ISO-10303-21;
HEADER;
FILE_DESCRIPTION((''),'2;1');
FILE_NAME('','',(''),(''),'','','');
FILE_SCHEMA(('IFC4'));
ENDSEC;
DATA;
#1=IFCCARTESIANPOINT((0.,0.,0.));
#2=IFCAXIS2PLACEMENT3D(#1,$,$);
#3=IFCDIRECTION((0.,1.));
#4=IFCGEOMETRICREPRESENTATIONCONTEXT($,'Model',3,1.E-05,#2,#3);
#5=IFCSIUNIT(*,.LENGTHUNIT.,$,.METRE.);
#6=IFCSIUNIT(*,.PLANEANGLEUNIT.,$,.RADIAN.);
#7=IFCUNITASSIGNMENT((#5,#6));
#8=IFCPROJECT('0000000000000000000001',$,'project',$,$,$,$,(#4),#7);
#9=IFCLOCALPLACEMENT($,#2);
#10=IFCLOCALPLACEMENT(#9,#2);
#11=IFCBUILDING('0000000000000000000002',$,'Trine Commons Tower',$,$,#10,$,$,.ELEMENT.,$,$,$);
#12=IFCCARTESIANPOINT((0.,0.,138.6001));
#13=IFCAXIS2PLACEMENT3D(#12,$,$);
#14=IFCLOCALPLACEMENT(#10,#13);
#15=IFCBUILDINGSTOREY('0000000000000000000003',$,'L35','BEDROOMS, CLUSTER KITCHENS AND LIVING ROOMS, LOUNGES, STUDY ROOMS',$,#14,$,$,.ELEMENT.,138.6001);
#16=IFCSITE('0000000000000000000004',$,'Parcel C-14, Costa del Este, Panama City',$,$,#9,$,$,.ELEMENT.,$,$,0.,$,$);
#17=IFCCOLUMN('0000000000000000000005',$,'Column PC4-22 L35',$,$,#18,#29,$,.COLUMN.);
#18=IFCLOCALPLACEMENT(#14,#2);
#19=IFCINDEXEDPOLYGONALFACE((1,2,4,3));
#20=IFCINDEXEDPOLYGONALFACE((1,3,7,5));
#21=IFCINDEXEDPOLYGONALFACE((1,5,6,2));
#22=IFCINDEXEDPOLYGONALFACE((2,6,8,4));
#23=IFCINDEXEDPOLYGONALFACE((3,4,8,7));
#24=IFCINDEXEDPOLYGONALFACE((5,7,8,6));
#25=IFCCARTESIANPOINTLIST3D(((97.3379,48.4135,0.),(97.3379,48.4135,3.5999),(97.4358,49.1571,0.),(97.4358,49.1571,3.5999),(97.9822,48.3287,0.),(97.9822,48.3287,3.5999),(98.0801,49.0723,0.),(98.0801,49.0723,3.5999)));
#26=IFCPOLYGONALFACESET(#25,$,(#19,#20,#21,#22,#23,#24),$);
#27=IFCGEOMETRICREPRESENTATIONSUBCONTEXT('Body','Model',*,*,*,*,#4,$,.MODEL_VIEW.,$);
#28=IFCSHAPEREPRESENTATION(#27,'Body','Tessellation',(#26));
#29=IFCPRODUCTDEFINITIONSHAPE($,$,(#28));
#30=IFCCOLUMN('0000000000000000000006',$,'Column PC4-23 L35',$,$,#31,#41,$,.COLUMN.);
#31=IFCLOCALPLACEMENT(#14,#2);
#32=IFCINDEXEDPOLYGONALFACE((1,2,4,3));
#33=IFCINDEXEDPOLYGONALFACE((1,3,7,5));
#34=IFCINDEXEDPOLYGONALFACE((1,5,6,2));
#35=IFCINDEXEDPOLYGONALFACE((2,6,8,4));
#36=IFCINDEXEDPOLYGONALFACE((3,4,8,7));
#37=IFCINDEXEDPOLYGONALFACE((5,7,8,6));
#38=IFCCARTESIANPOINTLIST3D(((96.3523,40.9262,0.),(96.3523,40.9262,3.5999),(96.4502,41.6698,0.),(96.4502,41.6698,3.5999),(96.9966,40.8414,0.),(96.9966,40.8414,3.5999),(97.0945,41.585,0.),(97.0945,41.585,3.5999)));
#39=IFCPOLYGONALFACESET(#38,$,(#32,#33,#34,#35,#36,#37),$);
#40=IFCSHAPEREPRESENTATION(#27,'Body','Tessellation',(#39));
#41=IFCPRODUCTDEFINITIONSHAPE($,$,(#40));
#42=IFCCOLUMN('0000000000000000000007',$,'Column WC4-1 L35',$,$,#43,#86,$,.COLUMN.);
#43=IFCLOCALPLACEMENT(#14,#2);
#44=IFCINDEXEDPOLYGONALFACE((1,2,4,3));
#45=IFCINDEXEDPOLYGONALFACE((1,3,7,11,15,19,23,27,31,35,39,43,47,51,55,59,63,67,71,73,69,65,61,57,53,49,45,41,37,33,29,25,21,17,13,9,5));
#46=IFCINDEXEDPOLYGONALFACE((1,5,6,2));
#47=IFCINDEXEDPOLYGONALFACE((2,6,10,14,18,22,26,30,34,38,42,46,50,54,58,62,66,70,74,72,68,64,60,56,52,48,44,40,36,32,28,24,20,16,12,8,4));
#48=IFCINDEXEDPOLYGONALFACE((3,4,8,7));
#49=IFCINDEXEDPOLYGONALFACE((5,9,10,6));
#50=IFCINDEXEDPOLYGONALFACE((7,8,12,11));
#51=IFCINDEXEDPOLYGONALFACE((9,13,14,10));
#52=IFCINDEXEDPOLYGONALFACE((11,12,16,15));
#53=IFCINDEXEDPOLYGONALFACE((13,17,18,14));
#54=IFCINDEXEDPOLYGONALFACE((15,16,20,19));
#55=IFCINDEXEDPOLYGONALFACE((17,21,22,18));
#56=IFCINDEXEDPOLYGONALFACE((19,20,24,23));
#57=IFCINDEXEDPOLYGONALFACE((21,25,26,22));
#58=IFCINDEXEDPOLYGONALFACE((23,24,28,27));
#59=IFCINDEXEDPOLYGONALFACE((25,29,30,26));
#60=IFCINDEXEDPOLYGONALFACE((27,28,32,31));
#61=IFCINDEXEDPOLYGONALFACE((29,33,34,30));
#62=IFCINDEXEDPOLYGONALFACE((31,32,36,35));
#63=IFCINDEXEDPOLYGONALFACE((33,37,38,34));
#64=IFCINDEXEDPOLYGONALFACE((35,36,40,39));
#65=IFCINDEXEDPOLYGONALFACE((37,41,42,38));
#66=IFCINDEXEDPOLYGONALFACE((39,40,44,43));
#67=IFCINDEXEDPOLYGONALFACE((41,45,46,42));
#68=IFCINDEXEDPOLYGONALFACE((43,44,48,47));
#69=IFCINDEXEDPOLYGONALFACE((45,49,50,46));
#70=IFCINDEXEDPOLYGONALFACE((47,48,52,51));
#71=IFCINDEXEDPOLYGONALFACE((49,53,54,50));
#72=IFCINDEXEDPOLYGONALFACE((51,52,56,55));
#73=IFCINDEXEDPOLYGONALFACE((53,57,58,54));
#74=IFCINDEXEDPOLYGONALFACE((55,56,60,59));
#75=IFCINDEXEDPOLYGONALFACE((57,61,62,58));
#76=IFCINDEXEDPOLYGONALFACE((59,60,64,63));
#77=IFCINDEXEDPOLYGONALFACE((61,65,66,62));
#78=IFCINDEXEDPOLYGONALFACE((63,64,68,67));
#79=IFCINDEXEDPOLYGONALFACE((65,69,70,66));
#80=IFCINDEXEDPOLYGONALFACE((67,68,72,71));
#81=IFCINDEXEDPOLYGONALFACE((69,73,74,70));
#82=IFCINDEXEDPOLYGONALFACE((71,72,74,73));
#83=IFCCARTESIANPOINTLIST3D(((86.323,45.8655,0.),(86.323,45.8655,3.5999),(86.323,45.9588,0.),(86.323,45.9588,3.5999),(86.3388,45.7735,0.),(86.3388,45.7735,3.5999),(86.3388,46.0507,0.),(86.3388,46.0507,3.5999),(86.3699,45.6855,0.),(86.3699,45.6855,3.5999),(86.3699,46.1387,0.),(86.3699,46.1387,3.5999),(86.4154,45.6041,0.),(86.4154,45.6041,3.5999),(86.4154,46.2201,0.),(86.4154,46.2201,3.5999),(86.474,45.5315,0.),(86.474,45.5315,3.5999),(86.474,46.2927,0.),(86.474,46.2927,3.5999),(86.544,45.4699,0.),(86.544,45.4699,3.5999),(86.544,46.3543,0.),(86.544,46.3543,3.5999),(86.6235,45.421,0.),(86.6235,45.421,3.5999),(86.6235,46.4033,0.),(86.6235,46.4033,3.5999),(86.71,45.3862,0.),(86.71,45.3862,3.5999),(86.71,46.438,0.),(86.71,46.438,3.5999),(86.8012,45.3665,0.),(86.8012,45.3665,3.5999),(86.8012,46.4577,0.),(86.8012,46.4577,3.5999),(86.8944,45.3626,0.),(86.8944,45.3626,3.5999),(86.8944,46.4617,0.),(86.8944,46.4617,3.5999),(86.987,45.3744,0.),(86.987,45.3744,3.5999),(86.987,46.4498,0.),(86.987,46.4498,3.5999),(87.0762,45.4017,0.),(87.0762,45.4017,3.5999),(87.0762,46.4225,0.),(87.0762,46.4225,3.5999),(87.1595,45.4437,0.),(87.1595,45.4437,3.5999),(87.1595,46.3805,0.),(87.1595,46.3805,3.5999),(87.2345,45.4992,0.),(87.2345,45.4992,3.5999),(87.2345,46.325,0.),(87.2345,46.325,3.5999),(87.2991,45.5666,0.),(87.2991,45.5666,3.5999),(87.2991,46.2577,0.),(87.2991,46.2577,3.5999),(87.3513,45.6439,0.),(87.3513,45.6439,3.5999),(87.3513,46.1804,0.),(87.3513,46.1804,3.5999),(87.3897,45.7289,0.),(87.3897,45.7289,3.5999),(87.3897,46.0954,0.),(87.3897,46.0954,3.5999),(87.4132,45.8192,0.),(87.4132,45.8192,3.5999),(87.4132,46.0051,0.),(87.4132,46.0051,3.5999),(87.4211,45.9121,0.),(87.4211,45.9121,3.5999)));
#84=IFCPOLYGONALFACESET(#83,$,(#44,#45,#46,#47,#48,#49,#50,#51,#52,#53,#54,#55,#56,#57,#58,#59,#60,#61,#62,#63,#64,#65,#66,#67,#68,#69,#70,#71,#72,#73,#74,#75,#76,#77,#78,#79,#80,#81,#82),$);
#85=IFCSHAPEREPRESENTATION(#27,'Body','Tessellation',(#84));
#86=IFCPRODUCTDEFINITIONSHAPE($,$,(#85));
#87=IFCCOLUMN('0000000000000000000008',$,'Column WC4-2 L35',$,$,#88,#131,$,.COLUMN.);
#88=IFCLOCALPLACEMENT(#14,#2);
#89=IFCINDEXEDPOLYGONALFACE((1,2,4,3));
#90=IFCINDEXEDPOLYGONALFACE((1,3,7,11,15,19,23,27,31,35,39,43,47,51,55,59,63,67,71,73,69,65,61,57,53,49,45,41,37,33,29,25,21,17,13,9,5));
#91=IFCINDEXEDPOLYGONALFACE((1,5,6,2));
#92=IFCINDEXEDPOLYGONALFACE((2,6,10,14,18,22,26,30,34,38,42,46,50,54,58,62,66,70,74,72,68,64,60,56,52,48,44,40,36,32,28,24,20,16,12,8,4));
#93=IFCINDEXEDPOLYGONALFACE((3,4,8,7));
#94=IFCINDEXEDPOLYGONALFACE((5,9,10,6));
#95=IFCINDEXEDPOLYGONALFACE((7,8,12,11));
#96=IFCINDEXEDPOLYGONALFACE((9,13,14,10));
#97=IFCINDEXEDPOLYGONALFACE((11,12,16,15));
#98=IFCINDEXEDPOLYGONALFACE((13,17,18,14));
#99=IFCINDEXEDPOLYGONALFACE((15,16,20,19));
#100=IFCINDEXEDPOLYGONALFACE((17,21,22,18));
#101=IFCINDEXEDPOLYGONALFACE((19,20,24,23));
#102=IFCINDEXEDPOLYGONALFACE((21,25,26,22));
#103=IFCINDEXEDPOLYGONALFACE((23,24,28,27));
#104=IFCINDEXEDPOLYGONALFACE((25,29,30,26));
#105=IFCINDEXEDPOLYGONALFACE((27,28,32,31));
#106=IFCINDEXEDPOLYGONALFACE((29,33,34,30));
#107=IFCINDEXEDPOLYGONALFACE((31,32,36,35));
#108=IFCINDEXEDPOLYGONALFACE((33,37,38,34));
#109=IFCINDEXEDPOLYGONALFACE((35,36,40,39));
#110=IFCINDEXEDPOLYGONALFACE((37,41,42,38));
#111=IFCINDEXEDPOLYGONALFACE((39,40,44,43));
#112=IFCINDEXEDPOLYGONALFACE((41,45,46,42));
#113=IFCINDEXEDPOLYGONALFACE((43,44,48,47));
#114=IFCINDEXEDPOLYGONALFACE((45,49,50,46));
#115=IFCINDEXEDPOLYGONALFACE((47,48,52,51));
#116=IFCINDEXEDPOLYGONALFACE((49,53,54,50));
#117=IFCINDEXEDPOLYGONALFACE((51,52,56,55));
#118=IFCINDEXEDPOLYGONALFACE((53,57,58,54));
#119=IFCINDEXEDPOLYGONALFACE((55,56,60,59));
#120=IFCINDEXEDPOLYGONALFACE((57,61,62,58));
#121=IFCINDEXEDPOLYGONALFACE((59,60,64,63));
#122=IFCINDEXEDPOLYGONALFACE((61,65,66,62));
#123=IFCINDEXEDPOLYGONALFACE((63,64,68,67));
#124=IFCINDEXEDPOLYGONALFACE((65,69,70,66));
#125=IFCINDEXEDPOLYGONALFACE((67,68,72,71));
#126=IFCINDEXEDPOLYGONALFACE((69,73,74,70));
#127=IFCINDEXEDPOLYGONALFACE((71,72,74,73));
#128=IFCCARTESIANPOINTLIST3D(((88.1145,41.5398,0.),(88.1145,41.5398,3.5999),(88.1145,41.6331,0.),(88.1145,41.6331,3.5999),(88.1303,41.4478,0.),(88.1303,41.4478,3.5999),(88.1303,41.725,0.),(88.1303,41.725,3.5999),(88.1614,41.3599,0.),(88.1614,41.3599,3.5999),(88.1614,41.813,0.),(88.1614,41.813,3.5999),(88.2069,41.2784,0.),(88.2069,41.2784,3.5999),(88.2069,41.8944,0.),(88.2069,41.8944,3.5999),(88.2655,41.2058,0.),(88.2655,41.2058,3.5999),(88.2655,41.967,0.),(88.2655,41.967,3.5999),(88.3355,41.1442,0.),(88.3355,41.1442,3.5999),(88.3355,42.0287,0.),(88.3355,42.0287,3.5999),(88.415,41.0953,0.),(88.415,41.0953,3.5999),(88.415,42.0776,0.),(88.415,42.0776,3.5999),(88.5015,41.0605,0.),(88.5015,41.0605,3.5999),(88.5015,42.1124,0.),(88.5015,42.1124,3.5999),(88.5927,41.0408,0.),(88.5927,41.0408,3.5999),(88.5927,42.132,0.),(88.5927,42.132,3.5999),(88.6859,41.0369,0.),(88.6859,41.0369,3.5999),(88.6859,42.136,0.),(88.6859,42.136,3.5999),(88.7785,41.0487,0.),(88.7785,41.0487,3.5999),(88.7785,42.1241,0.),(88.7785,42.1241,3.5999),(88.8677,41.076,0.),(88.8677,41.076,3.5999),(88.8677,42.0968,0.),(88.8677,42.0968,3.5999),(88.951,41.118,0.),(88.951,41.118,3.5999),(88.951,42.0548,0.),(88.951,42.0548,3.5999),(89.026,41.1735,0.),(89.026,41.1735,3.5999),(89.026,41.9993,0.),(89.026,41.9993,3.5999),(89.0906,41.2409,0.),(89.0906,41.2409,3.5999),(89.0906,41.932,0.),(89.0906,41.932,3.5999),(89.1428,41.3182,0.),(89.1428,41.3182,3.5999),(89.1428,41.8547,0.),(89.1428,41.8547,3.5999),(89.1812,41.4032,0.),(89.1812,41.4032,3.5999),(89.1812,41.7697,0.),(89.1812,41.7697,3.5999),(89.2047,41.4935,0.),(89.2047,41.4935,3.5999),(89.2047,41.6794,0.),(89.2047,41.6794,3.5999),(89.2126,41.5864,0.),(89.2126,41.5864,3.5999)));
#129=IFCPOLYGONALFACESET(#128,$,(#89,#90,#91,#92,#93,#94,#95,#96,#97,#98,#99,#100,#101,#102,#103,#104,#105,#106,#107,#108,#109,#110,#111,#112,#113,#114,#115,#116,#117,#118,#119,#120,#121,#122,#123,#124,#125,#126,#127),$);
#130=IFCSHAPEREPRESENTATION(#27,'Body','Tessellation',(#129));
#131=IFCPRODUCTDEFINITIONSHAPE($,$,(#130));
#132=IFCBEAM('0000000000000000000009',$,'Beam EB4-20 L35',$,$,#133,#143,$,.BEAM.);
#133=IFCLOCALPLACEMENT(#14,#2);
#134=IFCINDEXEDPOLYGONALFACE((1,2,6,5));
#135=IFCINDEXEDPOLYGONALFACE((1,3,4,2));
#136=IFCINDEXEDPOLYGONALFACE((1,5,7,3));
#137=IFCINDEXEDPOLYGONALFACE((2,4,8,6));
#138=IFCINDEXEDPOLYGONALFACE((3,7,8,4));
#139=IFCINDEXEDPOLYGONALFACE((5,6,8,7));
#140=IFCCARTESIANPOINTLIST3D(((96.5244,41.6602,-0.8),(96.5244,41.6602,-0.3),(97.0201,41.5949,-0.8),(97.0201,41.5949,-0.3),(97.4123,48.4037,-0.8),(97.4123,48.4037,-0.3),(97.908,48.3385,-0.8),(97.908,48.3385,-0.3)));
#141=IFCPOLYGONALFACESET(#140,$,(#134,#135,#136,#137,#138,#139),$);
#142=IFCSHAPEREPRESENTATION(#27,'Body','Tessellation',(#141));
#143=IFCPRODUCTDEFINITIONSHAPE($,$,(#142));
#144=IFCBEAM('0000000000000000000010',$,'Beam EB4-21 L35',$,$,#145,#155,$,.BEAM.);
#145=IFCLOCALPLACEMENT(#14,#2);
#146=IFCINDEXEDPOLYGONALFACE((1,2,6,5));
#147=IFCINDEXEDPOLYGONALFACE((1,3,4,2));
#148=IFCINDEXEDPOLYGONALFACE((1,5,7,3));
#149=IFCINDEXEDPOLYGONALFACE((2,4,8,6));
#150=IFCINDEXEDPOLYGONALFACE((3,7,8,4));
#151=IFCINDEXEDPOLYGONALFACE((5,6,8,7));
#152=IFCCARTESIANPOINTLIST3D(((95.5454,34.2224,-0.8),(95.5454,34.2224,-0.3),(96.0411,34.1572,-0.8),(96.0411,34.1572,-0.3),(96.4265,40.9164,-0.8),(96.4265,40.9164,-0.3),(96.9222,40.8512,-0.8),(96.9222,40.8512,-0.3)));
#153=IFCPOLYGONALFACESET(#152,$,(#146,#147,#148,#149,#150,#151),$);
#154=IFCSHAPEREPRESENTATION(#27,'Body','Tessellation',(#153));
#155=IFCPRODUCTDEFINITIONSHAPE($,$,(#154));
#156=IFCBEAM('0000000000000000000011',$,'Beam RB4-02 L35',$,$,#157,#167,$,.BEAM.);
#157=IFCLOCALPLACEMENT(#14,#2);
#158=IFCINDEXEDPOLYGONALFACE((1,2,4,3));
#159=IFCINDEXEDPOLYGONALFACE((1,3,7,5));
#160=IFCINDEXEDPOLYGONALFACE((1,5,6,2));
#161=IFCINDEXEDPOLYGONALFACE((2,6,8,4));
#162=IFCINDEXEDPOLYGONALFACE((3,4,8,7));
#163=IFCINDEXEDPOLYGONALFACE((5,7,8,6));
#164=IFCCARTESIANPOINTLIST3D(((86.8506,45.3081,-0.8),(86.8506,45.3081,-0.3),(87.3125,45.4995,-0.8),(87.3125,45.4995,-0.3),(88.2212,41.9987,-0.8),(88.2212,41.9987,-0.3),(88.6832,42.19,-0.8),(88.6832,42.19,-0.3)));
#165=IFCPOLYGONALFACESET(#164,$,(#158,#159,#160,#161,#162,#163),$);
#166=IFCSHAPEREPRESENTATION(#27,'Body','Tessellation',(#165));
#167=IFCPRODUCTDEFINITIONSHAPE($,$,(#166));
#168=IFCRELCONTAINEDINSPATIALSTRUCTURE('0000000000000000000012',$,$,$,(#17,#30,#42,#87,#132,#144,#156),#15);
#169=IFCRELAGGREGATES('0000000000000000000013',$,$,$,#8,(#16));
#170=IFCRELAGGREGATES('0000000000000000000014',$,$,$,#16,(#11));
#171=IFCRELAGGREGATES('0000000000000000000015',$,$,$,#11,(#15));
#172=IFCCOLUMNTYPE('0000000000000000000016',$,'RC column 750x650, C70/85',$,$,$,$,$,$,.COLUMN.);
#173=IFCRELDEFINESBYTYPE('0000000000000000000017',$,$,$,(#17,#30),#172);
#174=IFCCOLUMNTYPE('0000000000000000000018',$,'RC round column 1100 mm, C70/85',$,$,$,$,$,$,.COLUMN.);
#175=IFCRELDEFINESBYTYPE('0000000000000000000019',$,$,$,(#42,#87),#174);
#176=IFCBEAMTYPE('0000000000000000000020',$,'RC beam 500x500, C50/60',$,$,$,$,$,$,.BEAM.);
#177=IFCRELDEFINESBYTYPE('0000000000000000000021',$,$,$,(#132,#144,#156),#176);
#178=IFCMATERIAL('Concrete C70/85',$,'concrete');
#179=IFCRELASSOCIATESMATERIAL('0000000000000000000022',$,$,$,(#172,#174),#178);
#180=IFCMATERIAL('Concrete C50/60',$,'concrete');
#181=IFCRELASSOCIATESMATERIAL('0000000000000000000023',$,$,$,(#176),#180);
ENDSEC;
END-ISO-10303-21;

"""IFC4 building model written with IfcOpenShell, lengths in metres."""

from ifc_helpers import new_model, si_unit, direction, frame, origin, origin_2d, place, context, subcontext, project, spatial, rectangle, circle, extrude, material, material_profile, profile_set, type_object, element, save


model = new_model("IFC4")

# Units and contexts
model_context = context("Model", 3, precision=1e-05, world=origin(), true_north=direction((0.0, 1.0)))
body_context = subcontext(model_context, "Body", "Model", "MODEL_VIEW")
ifc_project = project(units=[si_unit("LENGTHUNIT", "METRE"), si_unit("PLANEANGLEUNIT", "RADIAN")], contexts=[model_context])

# Site, building, storey
site_placement = place(None, origin())
site = spatial("IfcSite", under=ifc_project, at=site_placement, Name="Parcel C-14, Costa del Este, Panama City", CompositionType="ELEMENT", RefElevation=0.0)
building_placement = place(site_placement, origin())
building = spatial("IfcBuilding", under=site, at=building_placement, Name="Trine Commons Tower", CompositionType="ELEMENT")
storey_placement = place(building_placement, frame((0.0, 0.0, 138.6001)))
storey = spatial("IfcBuildingStorey", under=building, at=storey_placement, Name="L35", Description="BEDROOMS, CLUSTER KITCHENS AND LIVING ROOMS, LOUNGES, STUDY ROOMS", CompositionType="ELEMENT", Elevation=138.6001)

# Columns
ifc_material_1 = material(Name="Concrete C70/85", Category="concrete")
ifc_material_profile_1 = material_profile(ifc_material_1, rectangle(XDim=0.75, YDim=0.6499, at=origin_2d()), Name="RC 750x650")
ifc_profile_set_1 = profile_set([ifc_material_profile_1], Name="Concrete C70/85")
column_type_1 = type_object("IfcColumnType", Name="RC column 750x650, C70/85", PredefinedType="COLUMN", material=ifc_profile_set_1)
for number, where, z_axis, x_axis, name in (
    (1, (97.709, 48.7429, 0.0), (0.0, 0.0, 1.0), (0.130526, 0.991445, 0.0), "Column PC4-22 L35"),
    (2, (96.7234, 41.2556, 0.0), (0.0, 0.0, 1.0), (0.130526, 0.991445, 0.0), "Column PC4-23 L35"),
):
    element("IfcColumn", number, at=place(storey_placement, frame(where, z_axis=z_axis, x_axis=x_axis)), inside=storey, type_object=column_type_1, Name=name, PredefinedType="COLUMN", context=body_context, shape_type="SweptSolid", body=[
        extrude(rectangle(XDim=0.75, YDim=0.6499, at=origin_2d()), origin(), (0.0, 0.0, 1.0), 3.5999),
    ])
ifc_material_profile_2 = material_profile(ifc_material_1, circle(Radius=0.55, at=origin_2d()), Name="RC round 1100")
ifc_profile_set_2 = profile_set([ifc_material_profile_2], Name="Concrete C70/85")
column_type_2 = type_object("IfcColumnType", Name="RC round column 1100 mm, C70/85", PredefinedType="COLUMN", material=ifc_profile_set_2)
for number, where, z_axis, x_axis, name in (
    (3, (86.8711, 45.9121, 0.0), (0.0, 0.0, 1.0), (1.0, 0.0, 0.0), "Column WC4-1 L35"),
    (4, (88.6626, 41.5864, 0.0), (0.0, 0.0, 1.0), (1.0, 0.0, 0.0), "Column WC4-2 L35"),
):
    element("IfcColumn", number, at=place(storey_placement, frame(where, z_axis=z_axis, x_axis=x_axis)), inside=storey, type_object=column_type_2, Name=name, PredefinedType="COLUMN", context=body_context, shape_type="SweptSolid", body=[
        extrude(circle(Radius=0.55, at=origin_2d()), origin(), (0.0, 0.0, 1.0), 3.5999),
    ])

# Beams
ifc_material_2 = material(Name="Concrete C50/60", Category="concrete")
ifc_material_profile_3 = material_profile(ifc_material_2, rectangle(XDim=0.5, YDim=0.5, at=origin_2d()), Name="RC 500x500")
ifc_profile_set_3 = profile_set([ifc_material_profile_3], Name="Concrete C50/60")
beam_type = type_object("IfcBeamType", Name="RC beam 500x500, C50/60", PredefinedType="BEAM", material=ifc_profile_set_3)
beam_1_placement = place(storey_placement, frame((97.6602, 48.3711, -0.55), z_axis=(-0.130544, -0.991443, 0.0), x_axis=(0.991443, -0.130544, 0.0)))
element("IfcBeam", 5, at=beam_1_placement, inside=storey, type_object=beam_type, Name="Beam EB4-20 L35", PredefinedType="BEAM", context=body_context, shape_type="SweptSolid", body=[
    extrude(rectangle(XDim=0.5, YDim=0.5, at=origin_2d()), origin(), (0.0, 0.0, 1.0), 6.8018),
])
beam_2_placement = place(storey_placement, frame((96.6743, 40.8838, -0.55), z_axis=(-0.130498, -0.991449, 0.0), x_axis=(0.991449, -0.130498, 0.0)))
element("IfcBeam", 6, at=beam_2_placement, inside=storey, type_object=beam_type, Name="Beam EB4-21 L35", PredefinedType="BEAM", context=body_context, shape_type="SweptSolid", body=[
    extrude(rectangle(XDim=0.5, YDim=0.5, at=origin_2d()), origin(), (0.0, 0.0, 1.0), 6.7517),
])
beam_3_placement = place(storey_placement, frame((87.0815, 45.4038, -0.55), z_axis=(0.382645, -0.923896, 0.0), x_axis=(0.923896, 0.382645, 0.0)))
element("IfcBeam", 7, at=beam_3_placement, inside=storey, type_object=beam_type, Name="Beam RB4-02 L35", PredefinedType="BEAM", context=body_context, shape_type="SweptSolid", body=[
    extrude(rectangle(XDim=0.5, YDim=0.5, at=origin_2d()), origin(), (0.0, 0.0, 1.0), 3.582),
])

save(model, "model.ifc")
